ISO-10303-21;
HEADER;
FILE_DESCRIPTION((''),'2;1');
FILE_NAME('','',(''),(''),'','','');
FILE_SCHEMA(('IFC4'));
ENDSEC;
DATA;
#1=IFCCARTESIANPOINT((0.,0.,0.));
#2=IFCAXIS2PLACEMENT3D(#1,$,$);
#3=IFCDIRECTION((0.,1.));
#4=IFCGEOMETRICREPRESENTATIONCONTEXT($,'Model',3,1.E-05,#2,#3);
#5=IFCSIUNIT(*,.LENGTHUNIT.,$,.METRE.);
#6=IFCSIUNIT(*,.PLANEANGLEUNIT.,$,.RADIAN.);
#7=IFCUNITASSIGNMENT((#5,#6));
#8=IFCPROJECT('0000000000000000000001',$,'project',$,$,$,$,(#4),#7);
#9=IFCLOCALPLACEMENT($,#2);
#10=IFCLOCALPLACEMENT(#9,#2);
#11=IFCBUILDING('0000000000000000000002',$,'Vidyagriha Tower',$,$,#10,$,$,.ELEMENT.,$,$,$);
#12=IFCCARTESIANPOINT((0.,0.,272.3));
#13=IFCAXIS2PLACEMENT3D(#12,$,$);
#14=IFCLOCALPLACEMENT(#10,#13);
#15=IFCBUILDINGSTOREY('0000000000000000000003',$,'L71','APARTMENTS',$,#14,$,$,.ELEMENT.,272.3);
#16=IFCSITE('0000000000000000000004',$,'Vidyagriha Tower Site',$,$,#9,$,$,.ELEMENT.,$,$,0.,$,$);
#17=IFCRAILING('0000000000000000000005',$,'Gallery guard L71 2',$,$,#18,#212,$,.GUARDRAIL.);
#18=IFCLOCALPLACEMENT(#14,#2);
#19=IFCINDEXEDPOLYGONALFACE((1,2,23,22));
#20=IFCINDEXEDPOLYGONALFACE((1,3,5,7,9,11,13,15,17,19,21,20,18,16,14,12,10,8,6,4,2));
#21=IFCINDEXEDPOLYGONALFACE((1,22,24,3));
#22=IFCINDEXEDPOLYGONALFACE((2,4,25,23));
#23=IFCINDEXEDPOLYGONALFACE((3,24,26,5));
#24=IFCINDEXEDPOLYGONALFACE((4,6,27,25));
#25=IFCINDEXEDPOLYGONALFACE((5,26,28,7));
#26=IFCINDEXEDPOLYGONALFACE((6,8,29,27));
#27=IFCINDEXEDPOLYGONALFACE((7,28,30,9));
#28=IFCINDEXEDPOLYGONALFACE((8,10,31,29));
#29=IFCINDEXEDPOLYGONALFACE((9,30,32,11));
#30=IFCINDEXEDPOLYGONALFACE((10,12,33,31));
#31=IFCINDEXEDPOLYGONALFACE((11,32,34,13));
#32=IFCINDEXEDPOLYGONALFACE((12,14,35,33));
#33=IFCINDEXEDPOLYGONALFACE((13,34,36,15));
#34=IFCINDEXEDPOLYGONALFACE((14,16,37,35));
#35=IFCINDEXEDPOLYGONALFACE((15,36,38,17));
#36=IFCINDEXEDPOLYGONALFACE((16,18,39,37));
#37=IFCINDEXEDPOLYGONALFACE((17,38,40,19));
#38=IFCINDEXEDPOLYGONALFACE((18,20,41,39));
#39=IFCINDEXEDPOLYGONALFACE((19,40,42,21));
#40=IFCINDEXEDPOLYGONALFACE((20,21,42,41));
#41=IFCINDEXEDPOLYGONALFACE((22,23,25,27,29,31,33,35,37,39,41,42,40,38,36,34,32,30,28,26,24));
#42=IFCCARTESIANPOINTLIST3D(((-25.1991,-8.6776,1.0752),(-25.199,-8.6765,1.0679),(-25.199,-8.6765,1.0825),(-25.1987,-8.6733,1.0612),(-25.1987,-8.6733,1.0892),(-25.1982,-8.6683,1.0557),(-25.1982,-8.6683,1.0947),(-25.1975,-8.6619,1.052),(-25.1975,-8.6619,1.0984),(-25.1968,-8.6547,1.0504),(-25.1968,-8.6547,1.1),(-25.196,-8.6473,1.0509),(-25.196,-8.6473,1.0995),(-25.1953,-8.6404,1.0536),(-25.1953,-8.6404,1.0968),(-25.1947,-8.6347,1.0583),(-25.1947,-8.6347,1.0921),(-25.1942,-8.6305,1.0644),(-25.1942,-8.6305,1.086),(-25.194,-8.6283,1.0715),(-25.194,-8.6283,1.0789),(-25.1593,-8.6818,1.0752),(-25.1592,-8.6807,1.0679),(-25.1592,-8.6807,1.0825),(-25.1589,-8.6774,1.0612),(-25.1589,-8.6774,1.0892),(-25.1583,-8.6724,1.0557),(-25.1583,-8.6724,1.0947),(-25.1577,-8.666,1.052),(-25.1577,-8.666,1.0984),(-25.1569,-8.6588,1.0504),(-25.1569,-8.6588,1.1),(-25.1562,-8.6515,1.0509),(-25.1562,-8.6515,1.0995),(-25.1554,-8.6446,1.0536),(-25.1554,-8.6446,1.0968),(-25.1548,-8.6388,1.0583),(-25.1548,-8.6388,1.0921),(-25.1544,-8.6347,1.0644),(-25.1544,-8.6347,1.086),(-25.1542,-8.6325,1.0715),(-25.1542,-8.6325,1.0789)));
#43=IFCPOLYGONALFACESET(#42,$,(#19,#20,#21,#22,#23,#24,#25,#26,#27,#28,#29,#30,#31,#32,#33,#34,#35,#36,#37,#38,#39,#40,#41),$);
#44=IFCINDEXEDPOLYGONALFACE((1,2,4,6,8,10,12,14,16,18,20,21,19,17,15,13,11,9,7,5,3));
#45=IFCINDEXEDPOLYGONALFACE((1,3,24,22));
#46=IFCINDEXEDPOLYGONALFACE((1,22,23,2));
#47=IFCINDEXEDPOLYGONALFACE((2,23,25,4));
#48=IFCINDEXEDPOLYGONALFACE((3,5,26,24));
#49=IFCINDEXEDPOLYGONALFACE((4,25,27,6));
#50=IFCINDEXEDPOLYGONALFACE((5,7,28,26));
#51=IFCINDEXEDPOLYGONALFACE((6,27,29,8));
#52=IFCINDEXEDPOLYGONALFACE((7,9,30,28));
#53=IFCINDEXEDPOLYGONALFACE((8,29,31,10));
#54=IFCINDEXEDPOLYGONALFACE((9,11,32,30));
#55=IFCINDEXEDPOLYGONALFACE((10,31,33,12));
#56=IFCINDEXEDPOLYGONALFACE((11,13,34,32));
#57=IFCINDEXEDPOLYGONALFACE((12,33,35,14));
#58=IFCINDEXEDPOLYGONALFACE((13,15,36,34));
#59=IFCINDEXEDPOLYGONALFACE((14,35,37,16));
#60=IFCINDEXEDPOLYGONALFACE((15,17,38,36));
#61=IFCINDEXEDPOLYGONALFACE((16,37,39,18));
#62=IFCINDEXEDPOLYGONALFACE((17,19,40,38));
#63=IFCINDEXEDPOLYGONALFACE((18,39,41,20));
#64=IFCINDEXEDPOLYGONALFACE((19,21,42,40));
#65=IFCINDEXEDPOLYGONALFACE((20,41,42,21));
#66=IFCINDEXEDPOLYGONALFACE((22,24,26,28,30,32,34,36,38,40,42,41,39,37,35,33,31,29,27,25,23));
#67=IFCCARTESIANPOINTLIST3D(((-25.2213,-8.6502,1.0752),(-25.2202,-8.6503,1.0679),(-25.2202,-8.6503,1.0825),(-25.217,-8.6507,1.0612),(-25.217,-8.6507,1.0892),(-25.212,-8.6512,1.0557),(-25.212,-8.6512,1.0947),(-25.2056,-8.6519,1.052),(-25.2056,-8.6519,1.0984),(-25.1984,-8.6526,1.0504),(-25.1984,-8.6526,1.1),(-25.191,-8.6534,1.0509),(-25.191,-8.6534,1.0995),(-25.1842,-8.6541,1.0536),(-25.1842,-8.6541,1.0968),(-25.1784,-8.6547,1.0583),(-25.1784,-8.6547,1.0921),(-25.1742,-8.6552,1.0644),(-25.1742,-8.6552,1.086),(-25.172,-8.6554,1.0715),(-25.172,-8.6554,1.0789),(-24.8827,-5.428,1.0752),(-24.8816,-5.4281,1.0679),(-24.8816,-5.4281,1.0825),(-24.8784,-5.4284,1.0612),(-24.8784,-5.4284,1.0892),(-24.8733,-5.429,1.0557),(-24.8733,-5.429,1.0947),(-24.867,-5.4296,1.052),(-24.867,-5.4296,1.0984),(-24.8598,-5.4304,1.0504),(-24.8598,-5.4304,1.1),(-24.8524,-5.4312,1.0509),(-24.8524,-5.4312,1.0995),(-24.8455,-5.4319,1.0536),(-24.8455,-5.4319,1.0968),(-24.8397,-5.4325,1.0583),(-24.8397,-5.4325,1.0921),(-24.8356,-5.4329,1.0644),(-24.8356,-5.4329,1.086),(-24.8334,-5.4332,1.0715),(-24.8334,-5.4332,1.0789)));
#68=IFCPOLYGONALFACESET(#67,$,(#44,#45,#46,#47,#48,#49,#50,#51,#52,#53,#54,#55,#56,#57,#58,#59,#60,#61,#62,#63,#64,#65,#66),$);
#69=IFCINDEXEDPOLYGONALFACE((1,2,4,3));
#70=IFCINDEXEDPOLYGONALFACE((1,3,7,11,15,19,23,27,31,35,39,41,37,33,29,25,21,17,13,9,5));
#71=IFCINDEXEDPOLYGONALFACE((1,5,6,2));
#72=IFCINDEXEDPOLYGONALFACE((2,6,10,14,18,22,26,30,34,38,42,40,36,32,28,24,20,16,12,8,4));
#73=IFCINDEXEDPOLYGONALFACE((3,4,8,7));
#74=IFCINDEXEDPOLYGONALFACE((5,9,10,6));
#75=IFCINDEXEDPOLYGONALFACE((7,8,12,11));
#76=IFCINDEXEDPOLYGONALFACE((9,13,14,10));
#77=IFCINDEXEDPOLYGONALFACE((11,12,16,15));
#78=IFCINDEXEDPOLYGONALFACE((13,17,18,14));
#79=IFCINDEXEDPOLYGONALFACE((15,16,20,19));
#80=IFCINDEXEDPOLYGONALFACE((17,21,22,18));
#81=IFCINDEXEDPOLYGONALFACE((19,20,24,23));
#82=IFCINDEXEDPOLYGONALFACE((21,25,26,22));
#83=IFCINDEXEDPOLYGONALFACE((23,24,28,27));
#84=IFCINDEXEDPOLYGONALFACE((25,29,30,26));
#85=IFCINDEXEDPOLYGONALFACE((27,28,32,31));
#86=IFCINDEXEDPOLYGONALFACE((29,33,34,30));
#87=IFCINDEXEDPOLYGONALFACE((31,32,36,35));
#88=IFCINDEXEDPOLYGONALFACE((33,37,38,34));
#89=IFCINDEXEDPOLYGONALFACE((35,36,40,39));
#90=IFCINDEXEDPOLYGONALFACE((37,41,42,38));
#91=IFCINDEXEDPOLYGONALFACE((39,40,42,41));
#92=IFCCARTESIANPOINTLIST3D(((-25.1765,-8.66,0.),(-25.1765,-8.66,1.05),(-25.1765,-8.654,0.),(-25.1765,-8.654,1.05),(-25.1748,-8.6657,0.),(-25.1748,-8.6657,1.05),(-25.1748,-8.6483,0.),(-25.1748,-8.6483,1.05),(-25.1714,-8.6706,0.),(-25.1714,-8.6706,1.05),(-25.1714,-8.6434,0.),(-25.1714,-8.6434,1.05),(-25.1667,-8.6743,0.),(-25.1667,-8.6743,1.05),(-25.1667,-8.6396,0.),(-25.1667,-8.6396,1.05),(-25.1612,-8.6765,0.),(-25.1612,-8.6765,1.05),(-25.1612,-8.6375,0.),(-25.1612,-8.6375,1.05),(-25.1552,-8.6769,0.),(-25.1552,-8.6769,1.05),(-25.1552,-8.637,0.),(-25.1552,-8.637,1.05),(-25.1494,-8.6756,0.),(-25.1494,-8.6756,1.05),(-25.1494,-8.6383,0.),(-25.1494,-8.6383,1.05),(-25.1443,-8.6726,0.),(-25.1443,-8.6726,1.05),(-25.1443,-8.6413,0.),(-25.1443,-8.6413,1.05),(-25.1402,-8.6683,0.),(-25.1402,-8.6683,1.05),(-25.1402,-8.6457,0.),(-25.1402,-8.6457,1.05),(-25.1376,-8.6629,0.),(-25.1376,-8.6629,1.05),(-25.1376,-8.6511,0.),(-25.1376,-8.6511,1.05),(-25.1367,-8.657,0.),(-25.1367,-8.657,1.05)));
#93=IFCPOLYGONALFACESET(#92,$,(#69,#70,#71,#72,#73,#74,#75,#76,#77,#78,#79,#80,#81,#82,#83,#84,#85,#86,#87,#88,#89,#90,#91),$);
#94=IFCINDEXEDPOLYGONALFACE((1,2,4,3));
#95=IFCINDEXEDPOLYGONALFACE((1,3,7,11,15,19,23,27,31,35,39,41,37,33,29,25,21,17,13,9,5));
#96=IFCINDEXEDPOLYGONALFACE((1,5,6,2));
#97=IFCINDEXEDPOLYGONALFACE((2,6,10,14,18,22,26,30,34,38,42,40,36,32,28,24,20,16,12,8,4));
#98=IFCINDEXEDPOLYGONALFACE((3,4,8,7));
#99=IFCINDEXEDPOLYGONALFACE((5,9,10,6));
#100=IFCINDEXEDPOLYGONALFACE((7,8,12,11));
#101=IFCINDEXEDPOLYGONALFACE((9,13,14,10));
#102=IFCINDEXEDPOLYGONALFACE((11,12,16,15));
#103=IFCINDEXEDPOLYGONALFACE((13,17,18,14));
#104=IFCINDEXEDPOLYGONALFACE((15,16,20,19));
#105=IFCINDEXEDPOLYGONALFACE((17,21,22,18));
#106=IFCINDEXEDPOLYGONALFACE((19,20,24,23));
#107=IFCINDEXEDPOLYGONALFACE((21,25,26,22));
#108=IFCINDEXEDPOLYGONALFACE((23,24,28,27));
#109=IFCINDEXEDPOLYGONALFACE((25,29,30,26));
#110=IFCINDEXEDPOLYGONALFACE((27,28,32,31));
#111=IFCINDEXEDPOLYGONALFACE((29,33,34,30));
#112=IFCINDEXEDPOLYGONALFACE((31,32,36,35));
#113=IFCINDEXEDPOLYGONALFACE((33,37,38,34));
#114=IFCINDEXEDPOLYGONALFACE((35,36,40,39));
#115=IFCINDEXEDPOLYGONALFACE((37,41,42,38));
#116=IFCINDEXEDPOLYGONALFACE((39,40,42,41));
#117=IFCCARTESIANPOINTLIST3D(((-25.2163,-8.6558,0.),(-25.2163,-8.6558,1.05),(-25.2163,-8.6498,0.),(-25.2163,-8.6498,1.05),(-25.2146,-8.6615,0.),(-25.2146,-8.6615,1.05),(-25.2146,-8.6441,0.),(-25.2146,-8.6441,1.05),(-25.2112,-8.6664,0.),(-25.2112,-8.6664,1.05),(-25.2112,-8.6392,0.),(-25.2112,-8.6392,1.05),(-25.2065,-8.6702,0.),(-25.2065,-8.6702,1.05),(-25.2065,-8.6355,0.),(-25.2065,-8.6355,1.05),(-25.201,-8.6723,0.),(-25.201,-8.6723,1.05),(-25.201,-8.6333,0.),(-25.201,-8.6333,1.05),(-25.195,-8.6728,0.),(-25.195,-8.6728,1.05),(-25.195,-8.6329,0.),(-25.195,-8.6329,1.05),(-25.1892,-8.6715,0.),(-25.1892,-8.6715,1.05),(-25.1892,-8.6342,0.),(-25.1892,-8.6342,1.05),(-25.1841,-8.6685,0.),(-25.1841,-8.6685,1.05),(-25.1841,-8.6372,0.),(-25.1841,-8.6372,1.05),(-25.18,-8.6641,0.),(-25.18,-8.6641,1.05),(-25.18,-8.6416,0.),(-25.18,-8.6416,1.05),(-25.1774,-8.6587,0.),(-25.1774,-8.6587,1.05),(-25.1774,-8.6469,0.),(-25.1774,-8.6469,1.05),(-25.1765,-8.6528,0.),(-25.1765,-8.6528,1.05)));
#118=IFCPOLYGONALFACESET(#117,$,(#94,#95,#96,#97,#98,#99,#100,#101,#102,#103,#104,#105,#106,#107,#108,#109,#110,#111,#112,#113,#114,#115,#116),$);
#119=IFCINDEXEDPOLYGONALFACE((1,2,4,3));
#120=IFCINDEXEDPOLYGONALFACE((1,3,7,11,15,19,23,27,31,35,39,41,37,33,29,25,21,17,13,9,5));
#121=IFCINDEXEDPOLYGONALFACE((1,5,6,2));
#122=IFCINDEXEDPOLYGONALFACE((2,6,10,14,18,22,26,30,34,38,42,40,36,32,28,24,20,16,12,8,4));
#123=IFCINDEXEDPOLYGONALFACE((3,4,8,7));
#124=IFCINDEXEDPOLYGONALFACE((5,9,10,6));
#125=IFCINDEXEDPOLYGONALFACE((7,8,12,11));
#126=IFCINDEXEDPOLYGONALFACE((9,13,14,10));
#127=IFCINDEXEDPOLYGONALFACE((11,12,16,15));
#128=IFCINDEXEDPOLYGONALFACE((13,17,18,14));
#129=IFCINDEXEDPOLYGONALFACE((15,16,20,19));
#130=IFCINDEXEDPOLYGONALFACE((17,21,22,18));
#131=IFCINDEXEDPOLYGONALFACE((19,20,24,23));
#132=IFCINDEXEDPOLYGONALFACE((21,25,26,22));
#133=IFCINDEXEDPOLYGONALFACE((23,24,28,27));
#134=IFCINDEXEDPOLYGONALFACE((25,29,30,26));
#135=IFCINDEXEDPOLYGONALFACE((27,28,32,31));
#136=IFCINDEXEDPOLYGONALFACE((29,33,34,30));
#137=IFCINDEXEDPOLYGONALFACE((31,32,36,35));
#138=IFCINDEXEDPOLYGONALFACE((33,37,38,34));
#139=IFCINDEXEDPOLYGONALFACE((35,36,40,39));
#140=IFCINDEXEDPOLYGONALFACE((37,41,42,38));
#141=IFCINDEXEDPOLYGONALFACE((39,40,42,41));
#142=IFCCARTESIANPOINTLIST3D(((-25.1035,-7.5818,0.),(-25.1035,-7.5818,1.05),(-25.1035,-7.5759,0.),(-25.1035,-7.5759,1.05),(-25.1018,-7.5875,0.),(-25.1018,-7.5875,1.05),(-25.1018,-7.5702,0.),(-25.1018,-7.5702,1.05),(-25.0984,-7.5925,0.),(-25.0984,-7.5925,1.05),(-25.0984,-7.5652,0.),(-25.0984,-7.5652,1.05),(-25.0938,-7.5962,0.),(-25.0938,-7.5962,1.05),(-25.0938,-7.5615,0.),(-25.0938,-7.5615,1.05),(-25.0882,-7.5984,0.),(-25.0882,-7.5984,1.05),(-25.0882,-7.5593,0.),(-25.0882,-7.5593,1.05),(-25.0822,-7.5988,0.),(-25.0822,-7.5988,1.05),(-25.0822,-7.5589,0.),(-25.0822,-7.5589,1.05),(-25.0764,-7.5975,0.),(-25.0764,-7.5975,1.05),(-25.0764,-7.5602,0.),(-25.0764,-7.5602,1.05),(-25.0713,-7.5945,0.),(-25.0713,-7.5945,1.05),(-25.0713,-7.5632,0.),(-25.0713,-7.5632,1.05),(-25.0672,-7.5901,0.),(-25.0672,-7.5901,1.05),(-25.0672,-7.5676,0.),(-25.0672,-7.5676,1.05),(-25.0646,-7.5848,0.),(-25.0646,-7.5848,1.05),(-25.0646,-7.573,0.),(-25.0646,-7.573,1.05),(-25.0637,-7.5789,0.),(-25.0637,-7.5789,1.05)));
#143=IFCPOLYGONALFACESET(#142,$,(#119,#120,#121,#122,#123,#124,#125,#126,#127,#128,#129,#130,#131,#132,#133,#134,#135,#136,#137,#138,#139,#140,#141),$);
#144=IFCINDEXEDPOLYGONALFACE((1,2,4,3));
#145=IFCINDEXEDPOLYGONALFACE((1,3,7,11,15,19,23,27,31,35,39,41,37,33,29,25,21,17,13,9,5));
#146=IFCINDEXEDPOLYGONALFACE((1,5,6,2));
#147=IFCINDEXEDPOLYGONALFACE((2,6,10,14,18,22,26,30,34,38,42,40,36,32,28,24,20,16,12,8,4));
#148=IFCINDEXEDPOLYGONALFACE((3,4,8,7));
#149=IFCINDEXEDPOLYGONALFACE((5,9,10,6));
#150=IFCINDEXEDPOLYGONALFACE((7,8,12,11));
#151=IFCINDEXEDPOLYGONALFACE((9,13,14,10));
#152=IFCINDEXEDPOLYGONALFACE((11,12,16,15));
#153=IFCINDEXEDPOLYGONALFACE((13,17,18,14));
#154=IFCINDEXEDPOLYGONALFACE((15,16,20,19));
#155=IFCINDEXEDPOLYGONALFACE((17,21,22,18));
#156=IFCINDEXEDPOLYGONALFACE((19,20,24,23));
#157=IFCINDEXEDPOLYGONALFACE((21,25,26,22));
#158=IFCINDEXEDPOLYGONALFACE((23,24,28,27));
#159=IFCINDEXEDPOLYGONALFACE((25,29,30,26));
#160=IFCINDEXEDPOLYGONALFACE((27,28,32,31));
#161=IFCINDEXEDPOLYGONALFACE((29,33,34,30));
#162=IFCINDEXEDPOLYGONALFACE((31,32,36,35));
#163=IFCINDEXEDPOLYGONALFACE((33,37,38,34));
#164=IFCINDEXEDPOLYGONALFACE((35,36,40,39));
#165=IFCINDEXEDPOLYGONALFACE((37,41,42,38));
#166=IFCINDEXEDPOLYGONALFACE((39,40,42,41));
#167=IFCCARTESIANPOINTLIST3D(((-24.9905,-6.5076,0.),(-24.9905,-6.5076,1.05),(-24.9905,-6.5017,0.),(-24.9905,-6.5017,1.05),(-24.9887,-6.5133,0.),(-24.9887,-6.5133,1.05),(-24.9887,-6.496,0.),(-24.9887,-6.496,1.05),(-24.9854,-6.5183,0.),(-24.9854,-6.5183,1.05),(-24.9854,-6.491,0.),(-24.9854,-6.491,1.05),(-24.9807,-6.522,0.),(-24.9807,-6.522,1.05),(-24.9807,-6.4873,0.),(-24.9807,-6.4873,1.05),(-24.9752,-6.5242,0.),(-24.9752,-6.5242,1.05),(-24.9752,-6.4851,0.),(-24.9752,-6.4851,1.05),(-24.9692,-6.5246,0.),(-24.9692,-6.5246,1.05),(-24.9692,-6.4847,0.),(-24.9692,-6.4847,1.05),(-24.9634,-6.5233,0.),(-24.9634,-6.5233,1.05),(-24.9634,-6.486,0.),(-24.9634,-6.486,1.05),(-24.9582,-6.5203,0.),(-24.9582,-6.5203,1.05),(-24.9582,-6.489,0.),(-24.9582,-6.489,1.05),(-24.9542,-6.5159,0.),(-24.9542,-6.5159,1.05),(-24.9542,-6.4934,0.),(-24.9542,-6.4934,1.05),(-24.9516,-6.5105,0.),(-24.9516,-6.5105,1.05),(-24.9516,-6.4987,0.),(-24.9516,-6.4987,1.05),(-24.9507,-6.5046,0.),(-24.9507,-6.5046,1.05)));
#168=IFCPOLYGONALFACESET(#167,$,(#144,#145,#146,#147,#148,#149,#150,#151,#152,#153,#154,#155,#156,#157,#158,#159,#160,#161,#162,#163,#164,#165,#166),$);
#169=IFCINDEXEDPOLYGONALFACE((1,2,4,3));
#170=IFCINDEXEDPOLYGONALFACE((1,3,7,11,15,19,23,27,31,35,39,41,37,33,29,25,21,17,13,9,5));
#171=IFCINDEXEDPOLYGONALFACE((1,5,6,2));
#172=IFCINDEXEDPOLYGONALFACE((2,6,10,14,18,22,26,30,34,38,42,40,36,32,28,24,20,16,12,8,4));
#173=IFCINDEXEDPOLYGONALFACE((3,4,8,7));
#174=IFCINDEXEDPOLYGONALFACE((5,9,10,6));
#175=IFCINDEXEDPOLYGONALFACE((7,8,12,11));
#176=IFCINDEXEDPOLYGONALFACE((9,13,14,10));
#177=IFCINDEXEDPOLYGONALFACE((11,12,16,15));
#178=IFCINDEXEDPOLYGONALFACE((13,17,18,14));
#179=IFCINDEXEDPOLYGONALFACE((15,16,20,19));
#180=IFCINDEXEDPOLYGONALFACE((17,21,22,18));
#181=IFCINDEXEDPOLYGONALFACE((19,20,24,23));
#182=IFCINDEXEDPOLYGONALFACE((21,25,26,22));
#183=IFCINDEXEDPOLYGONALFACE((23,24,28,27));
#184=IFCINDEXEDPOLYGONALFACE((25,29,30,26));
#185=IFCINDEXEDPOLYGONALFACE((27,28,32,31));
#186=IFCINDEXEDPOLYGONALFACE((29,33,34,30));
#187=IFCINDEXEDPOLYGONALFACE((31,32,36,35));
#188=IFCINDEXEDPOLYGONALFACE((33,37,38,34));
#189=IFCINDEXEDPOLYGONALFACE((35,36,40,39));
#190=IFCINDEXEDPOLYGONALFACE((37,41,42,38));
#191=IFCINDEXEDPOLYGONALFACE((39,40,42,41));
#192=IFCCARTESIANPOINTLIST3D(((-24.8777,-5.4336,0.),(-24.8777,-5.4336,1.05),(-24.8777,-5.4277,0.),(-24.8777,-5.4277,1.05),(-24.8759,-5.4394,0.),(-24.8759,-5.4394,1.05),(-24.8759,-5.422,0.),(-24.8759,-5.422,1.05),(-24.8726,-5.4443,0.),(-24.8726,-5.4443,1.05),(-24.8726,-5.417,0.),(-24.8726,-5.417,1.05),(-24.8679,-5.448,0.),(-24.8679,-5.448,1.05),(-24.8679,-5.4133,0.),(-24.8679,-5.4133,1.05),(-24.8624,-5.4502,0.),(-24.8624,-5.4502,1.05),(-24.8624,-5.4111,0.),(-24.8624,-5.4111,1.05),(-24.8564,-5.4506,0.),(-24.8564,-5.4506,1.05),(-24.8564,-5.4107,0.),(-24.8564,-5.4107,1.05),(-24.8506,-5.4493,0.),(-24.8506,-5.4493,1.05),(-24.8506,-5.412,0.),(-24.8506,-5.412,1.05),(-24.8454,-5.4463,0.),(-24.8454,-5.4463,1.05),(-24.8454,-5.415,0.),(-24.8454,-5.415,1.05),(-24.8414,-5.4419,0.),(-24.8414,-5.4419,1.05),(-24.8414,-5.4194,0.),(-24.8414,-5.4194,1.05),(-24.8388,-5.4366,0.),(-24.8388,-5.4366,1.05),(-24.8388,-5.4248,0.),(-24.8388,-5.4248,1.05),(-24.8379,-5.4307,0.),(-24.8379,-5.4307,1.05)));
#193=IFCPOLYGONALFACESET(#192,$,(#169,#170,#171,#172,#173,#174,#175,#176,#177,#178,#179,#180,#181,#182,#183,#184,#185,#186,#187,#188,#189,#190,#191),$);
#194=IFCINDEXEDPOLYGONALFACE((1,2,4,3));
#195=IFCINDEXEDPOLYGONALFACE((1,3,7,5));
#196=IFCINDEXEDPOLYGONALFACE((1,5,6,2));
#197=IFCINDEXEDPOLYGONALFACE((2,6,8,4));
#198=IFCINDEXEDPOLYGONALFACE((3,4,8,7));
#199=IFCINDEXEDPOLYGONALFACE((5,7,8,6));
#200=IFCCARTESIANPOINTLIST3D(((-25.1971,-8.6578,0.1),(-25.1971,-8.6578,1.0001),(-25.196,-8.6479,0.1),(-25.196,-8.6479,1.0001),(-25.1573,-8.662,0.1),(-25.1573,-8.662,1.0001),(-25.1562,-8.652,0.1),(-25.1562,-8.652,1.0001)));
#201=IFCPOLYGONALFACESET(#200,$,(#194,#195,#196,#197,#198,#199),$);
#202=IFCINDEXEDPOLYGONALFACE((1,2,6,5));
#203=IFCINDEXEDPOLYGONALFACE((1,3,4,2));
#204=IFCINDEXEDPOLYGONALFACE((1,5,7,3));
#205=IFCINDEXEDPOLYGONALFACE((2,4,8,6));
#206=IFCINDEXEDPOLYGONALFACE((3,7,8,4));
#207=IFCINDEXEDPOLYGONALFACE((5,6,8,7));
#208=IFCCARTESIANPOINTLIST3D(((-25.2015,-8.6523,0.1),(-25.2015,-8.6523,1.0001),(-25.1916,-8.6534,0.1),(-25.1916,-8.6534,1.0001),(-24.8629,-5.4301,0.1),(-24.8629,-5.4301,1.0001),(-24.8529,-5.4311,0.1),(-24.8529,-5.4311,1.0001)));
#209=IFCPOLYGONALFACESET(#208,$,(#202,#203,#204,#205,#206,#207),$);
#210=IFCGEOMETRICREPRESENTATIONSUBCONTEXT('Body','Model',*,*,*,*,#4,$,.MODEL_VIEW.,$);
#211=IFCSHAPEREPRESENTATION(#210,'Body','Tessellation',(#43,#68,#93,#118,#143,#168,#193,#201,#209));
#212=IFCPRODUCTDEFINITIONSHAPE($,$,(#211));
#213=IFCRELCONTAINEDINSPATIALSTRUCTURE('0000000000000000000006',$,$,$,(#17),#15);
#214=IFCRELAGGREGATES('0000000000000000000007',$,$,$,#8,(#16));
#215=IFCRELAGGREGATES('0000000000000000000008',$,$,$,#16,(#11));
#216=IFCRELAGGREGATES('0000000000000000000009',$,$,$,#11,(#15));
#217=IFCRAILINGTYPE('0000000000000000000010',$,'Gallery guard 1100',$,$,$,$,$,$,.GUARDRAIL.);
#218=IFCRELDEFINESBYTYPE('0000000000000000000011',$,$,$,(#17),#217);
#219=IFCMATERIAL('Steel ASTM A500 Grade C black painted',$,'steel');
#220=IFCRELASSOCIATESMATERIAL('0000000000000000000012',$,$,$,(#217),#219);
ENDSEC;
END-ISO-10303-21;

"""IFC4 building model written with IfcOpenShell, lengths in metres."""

from ifc_helpers import new_model, si_unit, direction, frame, origin, origin_2d, place, context, subcontext, project, spatial, rectangle, circle, extrude, material, type_object, element, save


model = new_model("IFC4")

# Units and contexts
model_context = context("Model", 3, precision=1e-05, world=origin(), true_north=direction((0.0, 1.0)))
body_context = subcontext(model_context, "Body", "Model", "MODEL_VIEW")
ifc_project = project(units=[si_unit("LENGTHUNIT", "METRE"), si_unit("PLANEANGLEUNIT", "RADIAN")], contexts=[model_context])

# Site, building, storey
site_placement = place(None, origin())
site = spatial("IfcSite", under=ifc_project, at=site_placement, Name="Vidyagriha Tower Site", CompositionType="ELEMENT", RefElevation=0.0)
building_placement = place(site_placement, origin())
building = spatial("IfcBuilding", under=site, at=building_placement, Name="Vidyagriha Tower", CompositionType="ELEMENT")
storey_placement = place(building_placement, frame((0.0, 0.0, 272.3)))
storey = spatial("IfcBuildingStorey", under=building, at=storey_placement, Name="L71", Description="APARTMENTS", CompositionType="ELEMENT", Elevation=272.3)

# Railing
ifc_material_1 = material(Name="Steel ASTM A500 Grade C black painted", Category="steel")
railing_type_1 = type_object("IfcRailingType", Name="Gallery guard 1100", PredefinedType="GUARDRAIL", material=ifc_material_1)
railing_1_placement = place(storey_placement, frame((-25.1567, -8.657, 0.0)))
element("IfcRailing", 1, at=railing_1_placement, inside=storey, type_object=railing_type_1, Name="Gallery guard L71 2", PredefinedType="GUARDRAIL", context=body_context, shape_type="SweptSolid", body=[
    extrude(circle(Radius=0.0249, at=origin_2d()), frame((0.0, 0.0, 1.0752), z_axis=(-0.994605, 0.103732, 0.0), x_axis=(-0.103732, -0.994605, 0.0)), (0.0, 0.0, 1.0), 0.04),
    extrude(circle(Radius=0.0249, at=origin_2d()), frame((-0.0398, 0.0042, 1.0752), z_axis=(0.104516, 0.994523, 0.0), x_axis=(-0.994523, 0.104516, 0.0)), (0.0, 0.0, 1.0), 3.24),
    extrude(circle(Radius=0.02, at=origin_2d()), origin(), (0.0, 0.0, 1.0), 1.05),
    extrude(circle(Radius=0.02, at=origin_2d()), frame((-0.0398, 0.0042, 0.0)), (0.0, 0.0, 1.0), 1.05),
    extrude(circle(Radius=0.02, at=origin_2d()), frame((0.073, 1.0781, 0.0)), (0.0, 0.0, 1.0), 1.05),
    extrude(circle(Radius=0.02, at=origin_2d()), frame((0.186, 2.1523, 0.0)), (0.0, 0.0, 1.0), 1.05),
    extrude(circle(Radius=0.02, at=origin_2d()), frame((0.2988, 3.2263, 0.0)), (0.0, 0.0, 1.0), 1.05),
    extrude(rectangle(XDim=0.01, YDim=0.9001, at=origin_2d()), frame((0.0, 0.0, 0.55), z_axis=(-0.994605, 0.103732, 0.0), x_axis=(-0.103732, -0.994605, 0.0)), (0.0, 0.0, 1.0), 0.04),
    extrude(rectangle(XDim=0.01, YDim=0.9001, at=origin_2d()), frame((-0.0398, 0.0042, 0.55), z_axis=(0.104516, 0.994523, 0.0), x_axis=(-0.994523, 0.104516, 0.0)), (0.0, 0.0, 1.0), 3.24),
])

save(model, "model.ifc")
